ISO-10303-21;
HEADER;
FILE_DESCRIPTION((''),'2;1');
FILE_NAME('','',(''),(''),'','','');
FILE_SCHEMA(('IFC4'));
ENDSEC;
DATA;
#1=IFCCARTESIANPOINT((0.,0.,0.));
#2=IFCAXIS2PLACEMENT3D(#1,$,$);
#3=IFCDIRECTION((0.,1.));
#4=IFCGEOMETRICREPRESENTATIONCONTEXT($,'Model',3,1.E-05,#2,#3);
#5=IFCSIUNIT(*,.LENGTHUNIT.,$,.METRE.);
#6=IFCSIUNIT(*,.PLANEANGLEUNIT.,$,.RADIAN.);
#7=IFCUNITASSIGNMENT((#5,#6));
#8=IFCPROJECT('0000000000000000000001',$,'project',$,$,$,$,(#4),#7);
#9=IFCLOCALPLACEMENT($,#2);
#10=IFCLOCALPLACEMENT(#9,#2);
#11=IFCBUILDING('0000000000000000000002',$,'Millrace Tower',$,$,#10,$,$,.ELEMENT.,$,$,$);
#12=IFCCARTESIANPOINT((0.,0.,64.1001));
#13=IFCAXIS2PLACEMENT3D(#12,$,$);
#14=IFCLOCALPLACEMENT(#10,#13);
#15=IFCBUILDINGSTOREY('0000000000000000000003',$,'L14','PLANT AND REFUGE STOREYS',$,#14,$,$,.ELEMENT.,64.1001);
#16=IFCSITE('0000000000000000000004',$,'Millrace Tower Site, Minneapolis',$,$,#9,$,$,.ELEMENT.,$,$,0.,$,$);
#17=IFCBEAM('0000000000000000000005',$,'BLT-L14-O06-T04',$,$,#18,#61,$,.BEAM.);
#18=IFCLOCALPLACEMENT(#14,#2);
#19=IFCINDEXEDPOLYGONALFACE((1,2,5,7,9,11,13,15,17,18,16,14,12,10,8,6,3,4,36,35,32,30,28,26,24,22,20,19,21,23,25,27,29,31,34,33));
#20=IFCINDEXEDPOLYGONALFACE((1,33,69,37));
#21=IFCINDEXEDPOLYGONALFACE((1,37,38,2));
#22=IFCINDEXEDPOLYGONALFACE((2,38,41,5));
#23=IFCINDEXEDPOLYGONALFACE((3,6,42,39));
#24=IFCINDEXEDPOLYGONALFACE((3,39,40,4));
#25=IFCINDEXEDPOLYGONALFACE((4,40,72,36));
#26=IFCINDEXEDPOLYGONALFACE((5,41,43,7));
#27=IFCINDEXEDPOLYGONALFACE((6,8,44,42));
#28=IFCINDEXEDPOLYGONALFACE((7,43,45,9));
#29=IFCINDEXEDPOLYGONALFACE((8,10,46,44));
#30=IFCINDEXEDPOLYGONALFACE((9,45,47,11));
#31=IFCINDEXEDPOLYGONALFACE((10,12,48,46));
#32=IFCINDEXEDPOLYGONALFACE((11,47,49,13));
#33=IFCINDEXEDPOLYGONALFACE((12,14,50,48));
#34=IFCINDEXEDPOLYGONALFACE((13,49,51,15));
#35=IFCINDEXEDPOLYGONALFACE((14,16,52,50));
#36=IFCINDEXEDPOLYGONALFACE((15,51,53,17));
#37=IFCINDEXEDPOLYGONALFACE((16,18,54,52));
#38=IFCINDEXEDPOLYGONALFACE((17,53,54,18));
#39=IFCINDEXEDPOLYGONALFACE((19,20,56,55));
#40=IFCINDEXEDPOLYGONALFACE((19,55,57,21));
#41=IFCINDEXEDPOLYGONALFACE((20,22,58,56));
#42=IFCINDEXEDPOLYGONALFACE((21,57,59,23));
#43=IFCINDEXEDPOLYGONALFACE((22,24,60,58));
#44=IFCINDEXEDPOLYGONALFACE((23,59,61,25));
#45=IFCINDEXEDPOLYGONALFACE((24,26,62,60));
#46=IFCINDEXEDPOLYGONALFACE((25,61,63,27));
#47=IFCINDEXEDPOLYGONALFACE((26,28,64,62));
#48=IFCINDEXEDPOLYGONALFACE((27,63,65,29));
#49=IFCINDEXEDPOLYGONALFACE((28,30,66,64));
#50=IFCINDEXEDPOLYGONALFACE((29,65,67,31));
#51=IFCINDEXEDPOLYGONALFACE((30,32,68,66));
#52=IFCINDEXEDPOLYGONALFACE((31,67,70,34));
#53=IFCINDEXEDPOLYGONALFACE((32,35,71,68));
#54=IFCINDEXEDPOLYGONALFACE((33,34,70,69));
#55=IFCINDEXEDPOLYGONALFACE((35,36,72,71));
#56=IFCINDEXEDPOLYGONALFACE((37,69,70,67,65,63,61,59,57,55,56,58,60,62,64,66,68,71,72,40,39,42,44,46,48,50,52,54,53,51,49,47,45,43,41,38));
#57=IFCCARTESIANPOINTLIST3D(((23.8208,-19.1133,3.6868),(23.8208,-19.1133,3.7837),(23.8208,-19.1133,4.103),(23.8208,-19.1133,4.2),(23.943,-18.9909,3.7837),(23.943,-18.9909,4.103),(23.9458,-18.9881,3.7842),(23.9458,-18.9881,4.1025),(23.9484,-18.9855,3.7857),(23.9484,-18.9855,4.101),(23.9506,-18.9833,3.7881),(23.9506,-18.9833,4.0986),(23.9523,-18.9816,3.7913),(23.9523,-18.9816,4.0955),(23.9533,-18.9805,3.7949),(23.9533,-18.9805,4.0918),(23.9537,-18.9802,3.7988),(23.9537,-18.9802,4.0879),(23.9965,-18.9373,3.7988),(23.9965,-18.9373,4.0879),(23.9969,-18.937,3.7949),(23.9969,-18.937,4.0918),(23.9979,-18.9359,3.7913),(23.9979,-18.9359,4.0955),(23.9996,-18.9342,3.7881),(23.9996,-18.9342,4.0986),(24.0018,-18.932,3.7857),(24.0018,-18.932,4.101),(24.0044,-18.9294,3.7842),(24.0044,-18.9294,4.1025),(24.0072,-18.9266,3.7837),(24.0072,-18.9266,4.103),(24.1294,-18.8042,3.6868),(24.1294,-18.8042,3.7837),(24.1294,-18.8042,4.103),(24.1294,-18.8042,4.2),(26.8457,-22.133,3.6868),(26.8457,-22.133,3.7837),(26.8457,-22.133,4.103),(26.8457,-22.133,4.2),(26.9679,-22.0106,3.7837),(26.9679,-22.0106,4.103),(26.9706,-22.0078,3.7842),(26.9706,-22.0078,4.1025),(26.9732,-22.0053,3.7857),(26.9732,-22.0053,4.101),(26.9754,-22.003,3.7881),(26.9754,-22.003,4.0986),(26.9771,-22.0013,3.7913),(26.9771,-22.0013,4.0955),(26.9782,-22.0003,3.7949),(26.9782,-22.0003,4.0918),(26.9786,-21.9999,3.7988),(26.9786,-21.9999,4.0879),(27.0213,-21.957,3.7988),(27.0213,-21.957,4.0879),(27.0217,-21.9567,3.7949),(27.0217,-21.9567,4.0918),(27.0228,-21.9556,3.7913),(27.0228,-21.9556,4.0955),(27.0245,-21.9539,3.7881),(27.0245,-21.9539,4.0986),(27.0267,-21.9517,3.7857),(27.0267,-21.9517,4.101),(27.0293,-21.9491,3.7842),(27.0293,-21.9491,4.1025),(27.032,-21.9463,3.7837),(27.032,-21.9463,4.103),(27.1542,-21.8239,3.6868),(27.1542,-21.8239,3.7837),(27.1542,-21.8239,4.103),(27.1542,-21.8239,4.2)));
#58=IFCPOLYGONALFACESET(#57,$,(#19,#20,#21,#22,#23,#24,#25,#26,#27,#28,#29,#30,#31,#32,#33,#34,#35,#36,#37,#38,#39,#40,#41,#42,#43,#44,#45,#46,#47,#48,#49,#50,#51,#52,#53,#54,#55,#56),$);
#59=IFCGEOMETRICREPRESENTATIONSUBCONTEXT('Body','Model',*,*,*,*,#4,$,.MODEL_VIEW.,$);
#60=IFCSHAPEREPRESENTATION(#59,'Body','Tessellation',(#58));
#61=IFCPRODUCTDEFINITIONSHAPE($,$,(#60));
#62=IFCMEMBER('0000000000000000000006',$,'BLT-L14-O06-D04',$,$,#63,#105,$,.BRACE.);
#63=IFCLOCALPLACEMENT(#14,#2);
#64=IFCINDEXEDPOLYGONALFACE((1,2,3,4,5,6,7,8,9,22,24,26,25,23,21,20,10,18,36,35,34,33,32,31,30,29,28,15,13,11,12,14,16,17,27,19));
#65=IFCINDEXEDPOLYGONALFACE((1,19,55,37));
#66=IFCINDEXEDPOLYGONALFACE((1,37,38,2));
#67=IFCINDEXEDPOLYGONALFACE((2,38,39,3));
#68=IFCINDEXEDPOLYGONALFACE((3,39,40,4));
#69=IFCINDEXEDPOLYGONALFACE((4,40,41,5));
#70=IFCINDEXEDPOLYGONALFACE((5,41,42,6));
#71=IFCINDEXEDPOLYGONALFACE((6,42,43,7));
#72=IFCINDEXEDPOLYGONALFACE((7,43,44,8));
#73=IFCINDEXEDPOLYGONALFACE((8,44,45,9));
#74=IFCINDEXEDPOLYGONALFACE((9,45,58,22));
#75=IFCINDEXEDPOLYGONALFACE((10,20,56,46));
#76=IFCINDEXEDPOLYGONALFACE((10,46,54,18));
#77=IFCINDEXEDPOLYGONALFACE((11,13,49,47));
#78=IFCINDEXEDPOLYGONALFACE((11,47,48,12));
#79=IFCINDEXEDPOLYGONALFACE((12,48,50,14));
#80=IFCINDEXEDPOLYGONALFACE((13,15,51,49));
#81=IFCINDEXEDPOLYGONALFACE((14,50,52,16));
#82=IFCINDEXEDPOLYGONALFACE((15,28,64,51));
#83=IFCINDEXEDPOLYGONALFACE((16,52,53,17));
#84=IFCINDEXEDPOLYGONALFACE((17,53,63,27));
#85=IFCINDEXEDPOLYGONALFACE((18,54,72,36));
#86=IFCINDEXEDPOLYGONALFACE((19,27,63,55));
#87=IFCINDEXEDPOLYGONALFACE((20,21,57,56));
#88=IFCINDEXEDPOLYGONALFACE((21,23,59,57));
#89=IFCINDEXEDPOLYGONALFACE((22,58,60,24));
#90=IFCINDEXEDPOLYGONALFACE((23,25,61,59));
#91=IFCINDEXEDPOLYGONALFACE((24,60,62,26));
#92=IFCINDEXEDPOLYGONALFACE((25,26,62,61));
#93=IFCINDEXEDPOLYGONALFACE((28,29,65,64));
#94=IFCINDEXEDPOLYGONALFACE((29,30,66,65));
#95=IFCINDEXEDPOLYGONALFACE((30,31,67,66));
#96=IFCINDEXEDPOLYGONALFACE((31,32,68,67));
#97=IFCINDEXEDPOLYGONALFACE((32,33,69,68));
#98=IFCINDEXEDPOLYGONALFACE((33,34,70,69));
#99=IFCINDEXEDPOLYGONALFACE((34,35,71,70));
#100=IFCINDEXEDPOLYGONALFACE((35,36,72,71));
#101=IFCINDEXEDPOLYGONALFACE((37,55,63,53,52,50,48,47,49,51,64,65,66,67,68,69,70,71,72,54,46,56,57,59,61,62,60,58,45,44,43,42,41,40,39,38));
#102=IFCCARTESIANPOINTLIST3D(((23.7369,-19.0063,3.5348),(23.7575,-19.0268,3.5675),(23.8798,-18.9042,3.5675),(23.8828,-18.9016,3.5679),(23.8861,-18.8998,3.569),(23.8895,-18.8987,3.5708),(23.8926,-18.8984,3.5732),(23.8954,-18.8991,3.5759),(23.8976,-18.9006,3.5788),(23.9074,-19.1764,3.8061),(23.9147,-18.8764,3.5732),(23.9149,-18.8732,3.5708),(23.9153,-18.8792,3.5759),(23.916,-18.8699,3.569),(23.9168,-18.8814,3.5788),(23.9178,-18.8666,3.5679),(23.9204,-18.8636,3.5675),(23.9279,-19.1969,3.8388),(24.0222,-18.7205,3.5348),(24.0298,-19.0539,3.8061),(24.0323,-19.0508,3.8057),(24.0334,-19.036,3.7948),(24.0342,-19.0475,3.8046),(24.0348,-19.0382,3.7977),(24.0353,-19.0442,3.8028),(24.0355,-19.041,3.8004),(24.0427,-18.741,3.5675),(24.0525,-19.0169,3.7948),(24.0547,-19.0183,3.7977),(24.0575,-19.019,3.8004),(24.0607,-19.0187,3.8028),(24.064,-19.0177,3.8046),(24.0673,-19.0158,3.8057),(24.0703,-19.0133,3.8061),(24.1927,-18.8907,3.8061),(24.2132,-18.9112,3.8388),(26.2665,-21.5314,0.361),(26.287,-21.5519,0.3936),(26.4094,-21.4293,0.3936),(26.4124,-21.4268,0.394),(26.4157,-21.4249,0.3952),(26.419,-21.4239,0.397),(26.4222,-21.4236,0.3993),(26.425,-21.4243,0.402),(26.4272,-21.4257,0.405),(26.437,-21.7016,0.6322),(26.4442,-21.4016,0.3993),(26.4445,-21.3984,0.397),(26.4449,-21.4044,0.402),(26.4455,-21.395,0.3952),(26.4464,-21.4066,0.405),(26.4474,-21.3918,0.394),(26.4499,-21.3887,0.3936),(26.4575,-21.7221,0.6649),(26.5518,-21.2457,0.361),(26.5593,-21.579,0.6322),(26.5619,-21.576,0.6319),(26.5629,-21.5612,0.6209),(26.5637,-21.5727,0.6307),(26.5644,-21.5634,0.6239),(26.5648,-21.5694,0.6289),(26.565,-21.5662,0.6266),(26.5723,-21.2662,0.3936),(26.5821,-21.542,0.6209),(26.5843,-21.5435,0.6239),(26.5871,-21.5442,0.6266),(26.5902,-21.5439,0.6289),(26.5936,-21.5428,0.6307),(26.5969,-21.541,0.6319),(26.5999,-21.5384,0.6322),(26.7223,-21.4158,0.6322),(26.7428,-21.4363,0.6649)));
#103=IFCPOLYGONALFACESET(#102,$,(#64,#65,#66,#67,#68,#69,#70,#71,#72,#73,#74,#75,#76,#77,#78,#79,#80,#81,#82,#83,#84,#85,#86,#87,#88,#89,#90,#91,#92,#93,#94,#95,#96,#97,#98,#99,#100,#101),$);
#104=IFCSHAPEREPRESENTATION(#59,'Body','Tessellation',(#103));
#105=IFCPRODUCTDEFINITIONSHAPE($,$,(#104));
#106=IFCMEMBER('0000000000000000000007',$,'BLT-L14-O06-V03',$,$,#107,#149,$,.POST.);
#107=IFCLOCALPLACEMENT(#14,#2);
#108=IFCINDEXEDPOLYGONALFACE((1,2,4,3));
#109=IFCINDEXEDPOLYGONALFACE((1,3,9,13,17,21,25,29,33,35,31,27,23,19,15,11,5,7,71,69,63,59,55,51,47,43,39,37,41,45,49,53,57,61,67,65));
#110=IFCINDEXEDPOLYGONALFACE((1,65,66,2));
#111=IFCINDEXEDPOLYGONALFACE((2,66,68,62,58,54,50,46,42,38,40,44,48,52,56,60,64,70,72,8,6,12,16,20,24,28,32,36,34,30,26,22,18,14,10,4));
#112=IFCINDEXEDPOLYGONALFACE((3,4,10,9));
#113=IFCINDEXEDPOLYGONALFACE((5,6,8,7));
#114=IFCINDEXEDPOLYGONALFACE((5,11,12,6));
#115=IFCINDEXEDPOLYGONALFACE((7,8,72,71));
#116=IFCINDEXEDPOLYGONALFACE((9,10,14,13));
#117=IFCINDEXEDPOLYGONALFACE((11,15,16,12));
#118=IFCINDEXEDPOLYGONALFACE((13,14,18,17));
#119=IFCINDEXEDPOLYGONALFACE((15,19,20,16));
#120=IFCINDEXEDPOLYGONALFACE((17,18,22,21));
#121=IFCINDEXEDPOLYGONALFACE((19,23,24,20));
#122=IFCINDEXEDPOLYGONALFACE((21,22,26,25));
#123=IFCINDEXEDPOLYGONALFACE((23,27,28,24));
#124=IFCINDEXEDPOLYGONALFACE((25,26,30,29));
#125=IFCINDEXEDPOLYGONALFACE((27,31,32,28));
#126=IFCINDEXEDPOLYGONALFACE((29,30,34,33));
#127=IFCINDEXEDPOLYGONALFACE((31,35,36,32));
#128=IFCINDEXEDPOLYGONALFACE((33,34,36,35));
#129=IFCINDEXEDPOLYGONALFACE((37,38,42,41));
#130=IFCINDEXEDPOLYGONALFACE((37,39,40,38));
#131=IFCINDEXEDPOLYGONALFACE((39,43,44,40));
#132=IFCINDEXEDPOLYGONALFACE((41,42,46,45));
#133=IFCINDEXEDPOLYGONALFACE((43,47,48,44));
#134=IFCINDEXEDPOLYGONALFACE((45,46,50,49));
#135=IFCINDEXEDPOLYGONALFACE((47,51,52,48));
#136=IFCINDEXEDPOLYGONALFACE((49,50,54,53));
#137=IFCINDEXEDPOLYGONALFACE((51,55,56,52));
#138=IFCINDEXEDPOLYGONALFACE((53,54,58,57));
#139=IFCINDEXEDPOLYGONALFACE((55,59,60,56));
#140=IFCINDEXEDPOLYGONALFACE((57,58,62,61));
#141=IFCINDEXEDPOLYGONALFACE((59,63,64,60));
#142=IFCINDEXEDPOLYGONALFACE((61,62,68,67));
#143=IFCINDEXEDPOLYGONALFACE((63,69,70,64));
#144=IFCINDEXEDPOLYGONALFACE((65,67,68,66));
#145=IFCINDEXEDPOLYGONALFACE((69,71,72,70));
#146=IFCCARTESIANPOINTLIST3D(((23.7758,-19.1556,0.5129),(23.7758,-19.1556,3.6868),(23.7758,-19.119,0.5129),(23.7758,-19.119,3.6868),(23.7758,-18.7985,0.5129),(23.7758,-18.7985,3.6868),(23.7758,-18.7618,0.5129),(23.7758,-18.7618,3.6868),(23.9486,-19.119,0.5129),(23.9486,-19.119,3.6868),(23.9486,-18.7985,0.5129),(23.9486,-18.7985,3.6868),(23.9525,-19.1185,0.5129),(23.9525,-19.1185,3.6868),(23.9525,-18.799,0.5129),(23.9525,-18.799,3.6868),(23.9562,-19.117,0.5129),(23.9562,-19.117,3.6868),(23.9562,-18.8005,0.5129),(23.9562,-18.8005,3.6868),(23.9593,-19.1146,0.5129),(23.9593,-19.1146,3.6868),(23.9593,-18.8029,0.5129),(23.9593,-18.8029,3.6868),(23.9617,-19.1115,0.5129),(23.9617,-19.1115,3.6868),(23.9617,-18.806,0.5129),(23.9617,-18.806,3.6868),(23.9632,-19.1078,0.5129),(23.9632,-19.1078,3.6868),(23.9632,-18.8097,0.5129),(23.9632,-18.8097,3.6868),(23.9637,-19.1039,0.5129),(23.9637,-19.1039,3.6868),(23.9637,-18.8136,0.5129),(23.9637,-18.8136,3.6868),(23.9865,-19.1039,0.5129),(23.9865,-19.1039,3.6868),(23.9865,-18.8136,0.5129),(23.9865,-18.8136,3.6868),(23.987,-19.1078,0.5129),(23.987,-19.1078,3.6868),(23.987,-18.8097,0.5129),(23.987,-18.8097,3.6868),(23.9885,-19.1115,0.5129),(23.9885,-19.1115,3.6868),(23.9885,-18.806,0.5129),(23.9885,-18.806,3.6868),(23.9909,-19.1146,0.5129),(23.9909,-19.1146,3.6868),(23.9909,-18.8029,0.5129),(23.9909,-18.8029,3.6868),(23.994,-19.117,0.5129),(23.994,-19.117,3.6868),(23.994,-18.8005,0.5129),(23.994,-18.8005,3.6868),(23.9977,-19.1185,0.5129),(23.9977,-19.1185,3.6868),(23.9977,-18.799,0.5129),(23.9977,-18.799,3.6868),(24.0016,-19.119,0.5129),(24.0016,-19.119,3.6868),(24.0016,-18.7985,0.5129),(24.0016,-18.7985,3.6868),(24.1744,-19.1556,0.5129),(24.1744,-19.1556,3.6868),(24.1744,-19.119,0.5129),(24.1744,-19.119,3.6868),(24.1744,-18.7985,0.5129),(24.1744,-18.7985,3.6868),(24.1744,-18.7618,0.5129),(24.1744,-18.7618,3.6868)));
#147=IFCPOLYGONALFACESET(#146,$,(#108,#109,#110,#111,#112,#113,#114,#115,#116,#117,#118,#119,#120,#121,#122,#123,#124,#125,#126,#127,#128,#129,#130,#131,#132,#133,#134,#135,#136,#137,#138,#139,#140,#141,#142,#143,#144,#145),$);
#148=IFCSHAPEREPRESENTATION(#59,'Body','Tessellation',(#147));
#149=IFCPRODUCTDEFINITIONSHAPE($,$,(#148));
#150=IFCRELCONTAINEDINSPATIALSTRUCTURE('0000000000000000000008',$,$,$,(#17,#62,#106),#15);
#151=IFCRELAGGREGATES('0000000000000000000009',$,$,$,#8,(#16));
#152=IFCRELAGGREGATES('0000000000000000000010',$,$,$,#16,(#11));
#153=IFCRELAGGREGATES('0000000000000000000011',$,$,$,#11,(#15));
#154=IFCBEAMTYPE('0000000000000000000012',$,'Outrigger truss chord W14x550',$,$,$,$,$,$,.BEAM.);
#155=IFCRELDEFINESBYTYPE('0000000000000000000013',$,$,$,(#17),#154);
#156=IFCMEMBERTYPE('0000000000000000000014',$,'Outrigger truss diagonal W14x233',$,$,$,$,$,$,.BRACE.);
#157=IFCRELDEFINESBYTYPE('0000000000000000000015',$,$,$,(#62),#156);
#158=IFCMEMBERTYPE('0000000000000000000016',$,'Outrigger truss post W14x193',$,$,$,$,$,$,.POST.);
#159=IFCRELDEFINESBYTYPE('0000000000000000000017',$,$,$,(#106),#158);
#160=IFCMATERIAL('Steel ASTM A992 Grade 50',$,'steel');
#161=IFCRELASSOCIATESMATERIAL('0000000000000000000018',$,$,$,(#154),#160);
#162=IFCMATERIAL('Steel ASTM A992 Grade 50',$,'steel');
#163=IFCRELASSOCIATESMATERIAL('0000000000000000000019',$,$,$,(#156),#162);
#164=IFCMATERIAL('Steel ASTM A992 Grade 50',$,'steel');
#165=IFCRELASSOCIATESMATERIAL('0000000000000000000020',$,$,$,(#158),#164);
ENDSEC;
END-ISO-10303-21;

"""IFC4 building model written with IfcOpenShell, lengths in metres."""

from ifc_helpers import new_model, si_unit, direction, frame, origin, origin_2d, place, context, subcontext, project, spatial, i_section, extrude, material, material_profile, profile_set, type_object, element, save


model = new_model("IFC4")

# Units and contexts
model_context = context("Model", 3, precision=1e-05, world=origin(), true_north=direction((0.0, 1.0)))
body_context = subcontext(model_context, "Body", "Model", "MODEL_VIEW")
ifc_project = project(units=[si_unit("LENGTHUNIT", "METRE"), si_unit("PLANEANGLEUNIT", "RADIAN")], contexts=[model_context])

# Site, building, storey
site_placement = place(None, origin())
site = spatial("IfcSite", under=ifc_project, at=site_placement, Name="Millrace Tower Site, Minneapolis", CompositionType="ELEMENT", RefElevation=0.0)
building_placement = place(site_placement, origin())
building = spatial("IfcBuilding", under=site, at=building_placement, Name="Millrace Tower", CompositionType="ELEMENT")
storey_placement = place(building_placement, frame((0.0, 0.0, 64.1001)))
storey = spatial("IfcBuildingStorey", under=building, at=storey_placement, Name="L14", Description="PLANT AND REFUGE STOREYS", CompositionType="ELEMENT", Elevation=64.1001)

# Beam
ifc_material_1 = material(Name="Steel ASTM A992 Grade 50", Category="steel")
ifc_material_profile_1 = material_profile(ifc_material_1, i_section(OverallWidth=0.4368, OverallDepth=0.5132, WebThickness=0.0605, FlangeThickness=0.0969, FilletRadius=0.0151, at=origin_2d()))
ifc_profile_set_1 = profile_set([ifc_material_profile_1], Name="Steel ASTM A992 Grade 50")
beam_type_1 = type_object("IfcBeamType", Name="Outrigger truss chord W14x550", PredefinedType="BEAM", material=ifc_profile_set_1)
for number, where, z_axis, x_axis, name in (
    (1, (23.9751, -18.9587, 3.9434), (0.707706, -0.706507, 0.0), (0.706507, 0.707706, 0.0), "BLT-L14-O06-T04"),
):
    element("IfcBeam", number, at=place(storey_placement, frame(where, z_axis=z_axis, x_axis=x_axis)), inside=storey, type_object=beam_type_1, Name=name, PredefinedType="BEAM", context=body_context, shape_type="SweptSolid", body=[
        extrude(i_section(OverallWidth=0.4368, OverallDepth=0.5132, WebThickness=0.0605, FlangeThickness=0.0969, FilletRadius=0.0151, at=origin_2d()), origin(), (0.0, 0.0, 1.0), 4.2742),
    ])

# Members
ifc_material_2 = material(Name="Steel ASTM A992 Grade 50", Category="steel")
ifc_material_profile_2 = material_profile(ifc_material_2, i_section(OverallWidth=0.4038, OverallDepth=0.4065, WebThickness=0.0271, FlangeThickness=0.0437, FilletRadius=0.0151, at=origin_2d()))
ifc_profile_set_2 = profile_set([ifc_material_profile_2], Name="Steel ASTM A992 Grade 50")
member_type_1 = type_object("IfcMemberType", Name="Outrigger truss diagonal W14x233", PredefinedType="BRACE", material=ifc_profile_set_2)
member_1_placement = place(storey_placement, frame((26.5046, -21.4839, 0.5129), z_axis=(-0.529196, 0.528276, 0.663985), x_axis=(-0.706492, -0.707721, 0.0)))
element("IfcMember", 2, at=member_1_placement, inside=storey, type_object=member_type_1, Name="BLT-L14-O06-D04", PredefinedType="BRACE", context=body_context, shape_type="SweptSolid", body=[
    extrude(i_section(OverallWidth=0.4038, OverallDepth=0.4065, WebThickness=0.0271, FlangeThickness=0.0437, FilletRadius=0.0151, at=origin_2d()), origin(), (0.0, 0.0, 1.0), 4.78),
])
ifc_material_3 = material(Name="Steel ASTM A992 Grade 50", Category="steel")
ifc_material_profile_3 = material_profile(ifc_material_3, i_section(OverallWidth=0.3987, OverallDepth=0.3938, WebThickness=0.0227, FlangeThickness=0.0366, FilletRadius=0.0151, at=origin_2d()))
ifc_profile_set_3 = profile_set([ifc_material_profile_3], Name="Steel ASTM A992 Grade 50")
member_type_2 = type_object("IfcMemberType", Name="Outrigger truss post W14x193", PredefinedType="POST", material=ifc_profile_set_3)
member_2_placement = place(storey_placement, frame((23.9751, -18.9587, 0.5129), z_axis=(0.0, 0.0, 1.0), x_axis=(1.0, 0.0, 0.0)))
element("IfcMember", 3, at=member_2_placement, inside=storey, type_object=member_type_2, Name="BLT-L14-O06-V03", PredefinedType="POST", context=body_context, shape_type="SweptSolid", body=[
    extrude(i_section(OverallWidth=0.3987, OverallDepth=0.3938, WebThickness=0.0227, FlangeThickness=0.0366, FilletRadius=0.0151, at=origin_2d()), origin(), (0.0, 0.0, 1.0), 3.1738),
])

save(model, "model.ifc")
